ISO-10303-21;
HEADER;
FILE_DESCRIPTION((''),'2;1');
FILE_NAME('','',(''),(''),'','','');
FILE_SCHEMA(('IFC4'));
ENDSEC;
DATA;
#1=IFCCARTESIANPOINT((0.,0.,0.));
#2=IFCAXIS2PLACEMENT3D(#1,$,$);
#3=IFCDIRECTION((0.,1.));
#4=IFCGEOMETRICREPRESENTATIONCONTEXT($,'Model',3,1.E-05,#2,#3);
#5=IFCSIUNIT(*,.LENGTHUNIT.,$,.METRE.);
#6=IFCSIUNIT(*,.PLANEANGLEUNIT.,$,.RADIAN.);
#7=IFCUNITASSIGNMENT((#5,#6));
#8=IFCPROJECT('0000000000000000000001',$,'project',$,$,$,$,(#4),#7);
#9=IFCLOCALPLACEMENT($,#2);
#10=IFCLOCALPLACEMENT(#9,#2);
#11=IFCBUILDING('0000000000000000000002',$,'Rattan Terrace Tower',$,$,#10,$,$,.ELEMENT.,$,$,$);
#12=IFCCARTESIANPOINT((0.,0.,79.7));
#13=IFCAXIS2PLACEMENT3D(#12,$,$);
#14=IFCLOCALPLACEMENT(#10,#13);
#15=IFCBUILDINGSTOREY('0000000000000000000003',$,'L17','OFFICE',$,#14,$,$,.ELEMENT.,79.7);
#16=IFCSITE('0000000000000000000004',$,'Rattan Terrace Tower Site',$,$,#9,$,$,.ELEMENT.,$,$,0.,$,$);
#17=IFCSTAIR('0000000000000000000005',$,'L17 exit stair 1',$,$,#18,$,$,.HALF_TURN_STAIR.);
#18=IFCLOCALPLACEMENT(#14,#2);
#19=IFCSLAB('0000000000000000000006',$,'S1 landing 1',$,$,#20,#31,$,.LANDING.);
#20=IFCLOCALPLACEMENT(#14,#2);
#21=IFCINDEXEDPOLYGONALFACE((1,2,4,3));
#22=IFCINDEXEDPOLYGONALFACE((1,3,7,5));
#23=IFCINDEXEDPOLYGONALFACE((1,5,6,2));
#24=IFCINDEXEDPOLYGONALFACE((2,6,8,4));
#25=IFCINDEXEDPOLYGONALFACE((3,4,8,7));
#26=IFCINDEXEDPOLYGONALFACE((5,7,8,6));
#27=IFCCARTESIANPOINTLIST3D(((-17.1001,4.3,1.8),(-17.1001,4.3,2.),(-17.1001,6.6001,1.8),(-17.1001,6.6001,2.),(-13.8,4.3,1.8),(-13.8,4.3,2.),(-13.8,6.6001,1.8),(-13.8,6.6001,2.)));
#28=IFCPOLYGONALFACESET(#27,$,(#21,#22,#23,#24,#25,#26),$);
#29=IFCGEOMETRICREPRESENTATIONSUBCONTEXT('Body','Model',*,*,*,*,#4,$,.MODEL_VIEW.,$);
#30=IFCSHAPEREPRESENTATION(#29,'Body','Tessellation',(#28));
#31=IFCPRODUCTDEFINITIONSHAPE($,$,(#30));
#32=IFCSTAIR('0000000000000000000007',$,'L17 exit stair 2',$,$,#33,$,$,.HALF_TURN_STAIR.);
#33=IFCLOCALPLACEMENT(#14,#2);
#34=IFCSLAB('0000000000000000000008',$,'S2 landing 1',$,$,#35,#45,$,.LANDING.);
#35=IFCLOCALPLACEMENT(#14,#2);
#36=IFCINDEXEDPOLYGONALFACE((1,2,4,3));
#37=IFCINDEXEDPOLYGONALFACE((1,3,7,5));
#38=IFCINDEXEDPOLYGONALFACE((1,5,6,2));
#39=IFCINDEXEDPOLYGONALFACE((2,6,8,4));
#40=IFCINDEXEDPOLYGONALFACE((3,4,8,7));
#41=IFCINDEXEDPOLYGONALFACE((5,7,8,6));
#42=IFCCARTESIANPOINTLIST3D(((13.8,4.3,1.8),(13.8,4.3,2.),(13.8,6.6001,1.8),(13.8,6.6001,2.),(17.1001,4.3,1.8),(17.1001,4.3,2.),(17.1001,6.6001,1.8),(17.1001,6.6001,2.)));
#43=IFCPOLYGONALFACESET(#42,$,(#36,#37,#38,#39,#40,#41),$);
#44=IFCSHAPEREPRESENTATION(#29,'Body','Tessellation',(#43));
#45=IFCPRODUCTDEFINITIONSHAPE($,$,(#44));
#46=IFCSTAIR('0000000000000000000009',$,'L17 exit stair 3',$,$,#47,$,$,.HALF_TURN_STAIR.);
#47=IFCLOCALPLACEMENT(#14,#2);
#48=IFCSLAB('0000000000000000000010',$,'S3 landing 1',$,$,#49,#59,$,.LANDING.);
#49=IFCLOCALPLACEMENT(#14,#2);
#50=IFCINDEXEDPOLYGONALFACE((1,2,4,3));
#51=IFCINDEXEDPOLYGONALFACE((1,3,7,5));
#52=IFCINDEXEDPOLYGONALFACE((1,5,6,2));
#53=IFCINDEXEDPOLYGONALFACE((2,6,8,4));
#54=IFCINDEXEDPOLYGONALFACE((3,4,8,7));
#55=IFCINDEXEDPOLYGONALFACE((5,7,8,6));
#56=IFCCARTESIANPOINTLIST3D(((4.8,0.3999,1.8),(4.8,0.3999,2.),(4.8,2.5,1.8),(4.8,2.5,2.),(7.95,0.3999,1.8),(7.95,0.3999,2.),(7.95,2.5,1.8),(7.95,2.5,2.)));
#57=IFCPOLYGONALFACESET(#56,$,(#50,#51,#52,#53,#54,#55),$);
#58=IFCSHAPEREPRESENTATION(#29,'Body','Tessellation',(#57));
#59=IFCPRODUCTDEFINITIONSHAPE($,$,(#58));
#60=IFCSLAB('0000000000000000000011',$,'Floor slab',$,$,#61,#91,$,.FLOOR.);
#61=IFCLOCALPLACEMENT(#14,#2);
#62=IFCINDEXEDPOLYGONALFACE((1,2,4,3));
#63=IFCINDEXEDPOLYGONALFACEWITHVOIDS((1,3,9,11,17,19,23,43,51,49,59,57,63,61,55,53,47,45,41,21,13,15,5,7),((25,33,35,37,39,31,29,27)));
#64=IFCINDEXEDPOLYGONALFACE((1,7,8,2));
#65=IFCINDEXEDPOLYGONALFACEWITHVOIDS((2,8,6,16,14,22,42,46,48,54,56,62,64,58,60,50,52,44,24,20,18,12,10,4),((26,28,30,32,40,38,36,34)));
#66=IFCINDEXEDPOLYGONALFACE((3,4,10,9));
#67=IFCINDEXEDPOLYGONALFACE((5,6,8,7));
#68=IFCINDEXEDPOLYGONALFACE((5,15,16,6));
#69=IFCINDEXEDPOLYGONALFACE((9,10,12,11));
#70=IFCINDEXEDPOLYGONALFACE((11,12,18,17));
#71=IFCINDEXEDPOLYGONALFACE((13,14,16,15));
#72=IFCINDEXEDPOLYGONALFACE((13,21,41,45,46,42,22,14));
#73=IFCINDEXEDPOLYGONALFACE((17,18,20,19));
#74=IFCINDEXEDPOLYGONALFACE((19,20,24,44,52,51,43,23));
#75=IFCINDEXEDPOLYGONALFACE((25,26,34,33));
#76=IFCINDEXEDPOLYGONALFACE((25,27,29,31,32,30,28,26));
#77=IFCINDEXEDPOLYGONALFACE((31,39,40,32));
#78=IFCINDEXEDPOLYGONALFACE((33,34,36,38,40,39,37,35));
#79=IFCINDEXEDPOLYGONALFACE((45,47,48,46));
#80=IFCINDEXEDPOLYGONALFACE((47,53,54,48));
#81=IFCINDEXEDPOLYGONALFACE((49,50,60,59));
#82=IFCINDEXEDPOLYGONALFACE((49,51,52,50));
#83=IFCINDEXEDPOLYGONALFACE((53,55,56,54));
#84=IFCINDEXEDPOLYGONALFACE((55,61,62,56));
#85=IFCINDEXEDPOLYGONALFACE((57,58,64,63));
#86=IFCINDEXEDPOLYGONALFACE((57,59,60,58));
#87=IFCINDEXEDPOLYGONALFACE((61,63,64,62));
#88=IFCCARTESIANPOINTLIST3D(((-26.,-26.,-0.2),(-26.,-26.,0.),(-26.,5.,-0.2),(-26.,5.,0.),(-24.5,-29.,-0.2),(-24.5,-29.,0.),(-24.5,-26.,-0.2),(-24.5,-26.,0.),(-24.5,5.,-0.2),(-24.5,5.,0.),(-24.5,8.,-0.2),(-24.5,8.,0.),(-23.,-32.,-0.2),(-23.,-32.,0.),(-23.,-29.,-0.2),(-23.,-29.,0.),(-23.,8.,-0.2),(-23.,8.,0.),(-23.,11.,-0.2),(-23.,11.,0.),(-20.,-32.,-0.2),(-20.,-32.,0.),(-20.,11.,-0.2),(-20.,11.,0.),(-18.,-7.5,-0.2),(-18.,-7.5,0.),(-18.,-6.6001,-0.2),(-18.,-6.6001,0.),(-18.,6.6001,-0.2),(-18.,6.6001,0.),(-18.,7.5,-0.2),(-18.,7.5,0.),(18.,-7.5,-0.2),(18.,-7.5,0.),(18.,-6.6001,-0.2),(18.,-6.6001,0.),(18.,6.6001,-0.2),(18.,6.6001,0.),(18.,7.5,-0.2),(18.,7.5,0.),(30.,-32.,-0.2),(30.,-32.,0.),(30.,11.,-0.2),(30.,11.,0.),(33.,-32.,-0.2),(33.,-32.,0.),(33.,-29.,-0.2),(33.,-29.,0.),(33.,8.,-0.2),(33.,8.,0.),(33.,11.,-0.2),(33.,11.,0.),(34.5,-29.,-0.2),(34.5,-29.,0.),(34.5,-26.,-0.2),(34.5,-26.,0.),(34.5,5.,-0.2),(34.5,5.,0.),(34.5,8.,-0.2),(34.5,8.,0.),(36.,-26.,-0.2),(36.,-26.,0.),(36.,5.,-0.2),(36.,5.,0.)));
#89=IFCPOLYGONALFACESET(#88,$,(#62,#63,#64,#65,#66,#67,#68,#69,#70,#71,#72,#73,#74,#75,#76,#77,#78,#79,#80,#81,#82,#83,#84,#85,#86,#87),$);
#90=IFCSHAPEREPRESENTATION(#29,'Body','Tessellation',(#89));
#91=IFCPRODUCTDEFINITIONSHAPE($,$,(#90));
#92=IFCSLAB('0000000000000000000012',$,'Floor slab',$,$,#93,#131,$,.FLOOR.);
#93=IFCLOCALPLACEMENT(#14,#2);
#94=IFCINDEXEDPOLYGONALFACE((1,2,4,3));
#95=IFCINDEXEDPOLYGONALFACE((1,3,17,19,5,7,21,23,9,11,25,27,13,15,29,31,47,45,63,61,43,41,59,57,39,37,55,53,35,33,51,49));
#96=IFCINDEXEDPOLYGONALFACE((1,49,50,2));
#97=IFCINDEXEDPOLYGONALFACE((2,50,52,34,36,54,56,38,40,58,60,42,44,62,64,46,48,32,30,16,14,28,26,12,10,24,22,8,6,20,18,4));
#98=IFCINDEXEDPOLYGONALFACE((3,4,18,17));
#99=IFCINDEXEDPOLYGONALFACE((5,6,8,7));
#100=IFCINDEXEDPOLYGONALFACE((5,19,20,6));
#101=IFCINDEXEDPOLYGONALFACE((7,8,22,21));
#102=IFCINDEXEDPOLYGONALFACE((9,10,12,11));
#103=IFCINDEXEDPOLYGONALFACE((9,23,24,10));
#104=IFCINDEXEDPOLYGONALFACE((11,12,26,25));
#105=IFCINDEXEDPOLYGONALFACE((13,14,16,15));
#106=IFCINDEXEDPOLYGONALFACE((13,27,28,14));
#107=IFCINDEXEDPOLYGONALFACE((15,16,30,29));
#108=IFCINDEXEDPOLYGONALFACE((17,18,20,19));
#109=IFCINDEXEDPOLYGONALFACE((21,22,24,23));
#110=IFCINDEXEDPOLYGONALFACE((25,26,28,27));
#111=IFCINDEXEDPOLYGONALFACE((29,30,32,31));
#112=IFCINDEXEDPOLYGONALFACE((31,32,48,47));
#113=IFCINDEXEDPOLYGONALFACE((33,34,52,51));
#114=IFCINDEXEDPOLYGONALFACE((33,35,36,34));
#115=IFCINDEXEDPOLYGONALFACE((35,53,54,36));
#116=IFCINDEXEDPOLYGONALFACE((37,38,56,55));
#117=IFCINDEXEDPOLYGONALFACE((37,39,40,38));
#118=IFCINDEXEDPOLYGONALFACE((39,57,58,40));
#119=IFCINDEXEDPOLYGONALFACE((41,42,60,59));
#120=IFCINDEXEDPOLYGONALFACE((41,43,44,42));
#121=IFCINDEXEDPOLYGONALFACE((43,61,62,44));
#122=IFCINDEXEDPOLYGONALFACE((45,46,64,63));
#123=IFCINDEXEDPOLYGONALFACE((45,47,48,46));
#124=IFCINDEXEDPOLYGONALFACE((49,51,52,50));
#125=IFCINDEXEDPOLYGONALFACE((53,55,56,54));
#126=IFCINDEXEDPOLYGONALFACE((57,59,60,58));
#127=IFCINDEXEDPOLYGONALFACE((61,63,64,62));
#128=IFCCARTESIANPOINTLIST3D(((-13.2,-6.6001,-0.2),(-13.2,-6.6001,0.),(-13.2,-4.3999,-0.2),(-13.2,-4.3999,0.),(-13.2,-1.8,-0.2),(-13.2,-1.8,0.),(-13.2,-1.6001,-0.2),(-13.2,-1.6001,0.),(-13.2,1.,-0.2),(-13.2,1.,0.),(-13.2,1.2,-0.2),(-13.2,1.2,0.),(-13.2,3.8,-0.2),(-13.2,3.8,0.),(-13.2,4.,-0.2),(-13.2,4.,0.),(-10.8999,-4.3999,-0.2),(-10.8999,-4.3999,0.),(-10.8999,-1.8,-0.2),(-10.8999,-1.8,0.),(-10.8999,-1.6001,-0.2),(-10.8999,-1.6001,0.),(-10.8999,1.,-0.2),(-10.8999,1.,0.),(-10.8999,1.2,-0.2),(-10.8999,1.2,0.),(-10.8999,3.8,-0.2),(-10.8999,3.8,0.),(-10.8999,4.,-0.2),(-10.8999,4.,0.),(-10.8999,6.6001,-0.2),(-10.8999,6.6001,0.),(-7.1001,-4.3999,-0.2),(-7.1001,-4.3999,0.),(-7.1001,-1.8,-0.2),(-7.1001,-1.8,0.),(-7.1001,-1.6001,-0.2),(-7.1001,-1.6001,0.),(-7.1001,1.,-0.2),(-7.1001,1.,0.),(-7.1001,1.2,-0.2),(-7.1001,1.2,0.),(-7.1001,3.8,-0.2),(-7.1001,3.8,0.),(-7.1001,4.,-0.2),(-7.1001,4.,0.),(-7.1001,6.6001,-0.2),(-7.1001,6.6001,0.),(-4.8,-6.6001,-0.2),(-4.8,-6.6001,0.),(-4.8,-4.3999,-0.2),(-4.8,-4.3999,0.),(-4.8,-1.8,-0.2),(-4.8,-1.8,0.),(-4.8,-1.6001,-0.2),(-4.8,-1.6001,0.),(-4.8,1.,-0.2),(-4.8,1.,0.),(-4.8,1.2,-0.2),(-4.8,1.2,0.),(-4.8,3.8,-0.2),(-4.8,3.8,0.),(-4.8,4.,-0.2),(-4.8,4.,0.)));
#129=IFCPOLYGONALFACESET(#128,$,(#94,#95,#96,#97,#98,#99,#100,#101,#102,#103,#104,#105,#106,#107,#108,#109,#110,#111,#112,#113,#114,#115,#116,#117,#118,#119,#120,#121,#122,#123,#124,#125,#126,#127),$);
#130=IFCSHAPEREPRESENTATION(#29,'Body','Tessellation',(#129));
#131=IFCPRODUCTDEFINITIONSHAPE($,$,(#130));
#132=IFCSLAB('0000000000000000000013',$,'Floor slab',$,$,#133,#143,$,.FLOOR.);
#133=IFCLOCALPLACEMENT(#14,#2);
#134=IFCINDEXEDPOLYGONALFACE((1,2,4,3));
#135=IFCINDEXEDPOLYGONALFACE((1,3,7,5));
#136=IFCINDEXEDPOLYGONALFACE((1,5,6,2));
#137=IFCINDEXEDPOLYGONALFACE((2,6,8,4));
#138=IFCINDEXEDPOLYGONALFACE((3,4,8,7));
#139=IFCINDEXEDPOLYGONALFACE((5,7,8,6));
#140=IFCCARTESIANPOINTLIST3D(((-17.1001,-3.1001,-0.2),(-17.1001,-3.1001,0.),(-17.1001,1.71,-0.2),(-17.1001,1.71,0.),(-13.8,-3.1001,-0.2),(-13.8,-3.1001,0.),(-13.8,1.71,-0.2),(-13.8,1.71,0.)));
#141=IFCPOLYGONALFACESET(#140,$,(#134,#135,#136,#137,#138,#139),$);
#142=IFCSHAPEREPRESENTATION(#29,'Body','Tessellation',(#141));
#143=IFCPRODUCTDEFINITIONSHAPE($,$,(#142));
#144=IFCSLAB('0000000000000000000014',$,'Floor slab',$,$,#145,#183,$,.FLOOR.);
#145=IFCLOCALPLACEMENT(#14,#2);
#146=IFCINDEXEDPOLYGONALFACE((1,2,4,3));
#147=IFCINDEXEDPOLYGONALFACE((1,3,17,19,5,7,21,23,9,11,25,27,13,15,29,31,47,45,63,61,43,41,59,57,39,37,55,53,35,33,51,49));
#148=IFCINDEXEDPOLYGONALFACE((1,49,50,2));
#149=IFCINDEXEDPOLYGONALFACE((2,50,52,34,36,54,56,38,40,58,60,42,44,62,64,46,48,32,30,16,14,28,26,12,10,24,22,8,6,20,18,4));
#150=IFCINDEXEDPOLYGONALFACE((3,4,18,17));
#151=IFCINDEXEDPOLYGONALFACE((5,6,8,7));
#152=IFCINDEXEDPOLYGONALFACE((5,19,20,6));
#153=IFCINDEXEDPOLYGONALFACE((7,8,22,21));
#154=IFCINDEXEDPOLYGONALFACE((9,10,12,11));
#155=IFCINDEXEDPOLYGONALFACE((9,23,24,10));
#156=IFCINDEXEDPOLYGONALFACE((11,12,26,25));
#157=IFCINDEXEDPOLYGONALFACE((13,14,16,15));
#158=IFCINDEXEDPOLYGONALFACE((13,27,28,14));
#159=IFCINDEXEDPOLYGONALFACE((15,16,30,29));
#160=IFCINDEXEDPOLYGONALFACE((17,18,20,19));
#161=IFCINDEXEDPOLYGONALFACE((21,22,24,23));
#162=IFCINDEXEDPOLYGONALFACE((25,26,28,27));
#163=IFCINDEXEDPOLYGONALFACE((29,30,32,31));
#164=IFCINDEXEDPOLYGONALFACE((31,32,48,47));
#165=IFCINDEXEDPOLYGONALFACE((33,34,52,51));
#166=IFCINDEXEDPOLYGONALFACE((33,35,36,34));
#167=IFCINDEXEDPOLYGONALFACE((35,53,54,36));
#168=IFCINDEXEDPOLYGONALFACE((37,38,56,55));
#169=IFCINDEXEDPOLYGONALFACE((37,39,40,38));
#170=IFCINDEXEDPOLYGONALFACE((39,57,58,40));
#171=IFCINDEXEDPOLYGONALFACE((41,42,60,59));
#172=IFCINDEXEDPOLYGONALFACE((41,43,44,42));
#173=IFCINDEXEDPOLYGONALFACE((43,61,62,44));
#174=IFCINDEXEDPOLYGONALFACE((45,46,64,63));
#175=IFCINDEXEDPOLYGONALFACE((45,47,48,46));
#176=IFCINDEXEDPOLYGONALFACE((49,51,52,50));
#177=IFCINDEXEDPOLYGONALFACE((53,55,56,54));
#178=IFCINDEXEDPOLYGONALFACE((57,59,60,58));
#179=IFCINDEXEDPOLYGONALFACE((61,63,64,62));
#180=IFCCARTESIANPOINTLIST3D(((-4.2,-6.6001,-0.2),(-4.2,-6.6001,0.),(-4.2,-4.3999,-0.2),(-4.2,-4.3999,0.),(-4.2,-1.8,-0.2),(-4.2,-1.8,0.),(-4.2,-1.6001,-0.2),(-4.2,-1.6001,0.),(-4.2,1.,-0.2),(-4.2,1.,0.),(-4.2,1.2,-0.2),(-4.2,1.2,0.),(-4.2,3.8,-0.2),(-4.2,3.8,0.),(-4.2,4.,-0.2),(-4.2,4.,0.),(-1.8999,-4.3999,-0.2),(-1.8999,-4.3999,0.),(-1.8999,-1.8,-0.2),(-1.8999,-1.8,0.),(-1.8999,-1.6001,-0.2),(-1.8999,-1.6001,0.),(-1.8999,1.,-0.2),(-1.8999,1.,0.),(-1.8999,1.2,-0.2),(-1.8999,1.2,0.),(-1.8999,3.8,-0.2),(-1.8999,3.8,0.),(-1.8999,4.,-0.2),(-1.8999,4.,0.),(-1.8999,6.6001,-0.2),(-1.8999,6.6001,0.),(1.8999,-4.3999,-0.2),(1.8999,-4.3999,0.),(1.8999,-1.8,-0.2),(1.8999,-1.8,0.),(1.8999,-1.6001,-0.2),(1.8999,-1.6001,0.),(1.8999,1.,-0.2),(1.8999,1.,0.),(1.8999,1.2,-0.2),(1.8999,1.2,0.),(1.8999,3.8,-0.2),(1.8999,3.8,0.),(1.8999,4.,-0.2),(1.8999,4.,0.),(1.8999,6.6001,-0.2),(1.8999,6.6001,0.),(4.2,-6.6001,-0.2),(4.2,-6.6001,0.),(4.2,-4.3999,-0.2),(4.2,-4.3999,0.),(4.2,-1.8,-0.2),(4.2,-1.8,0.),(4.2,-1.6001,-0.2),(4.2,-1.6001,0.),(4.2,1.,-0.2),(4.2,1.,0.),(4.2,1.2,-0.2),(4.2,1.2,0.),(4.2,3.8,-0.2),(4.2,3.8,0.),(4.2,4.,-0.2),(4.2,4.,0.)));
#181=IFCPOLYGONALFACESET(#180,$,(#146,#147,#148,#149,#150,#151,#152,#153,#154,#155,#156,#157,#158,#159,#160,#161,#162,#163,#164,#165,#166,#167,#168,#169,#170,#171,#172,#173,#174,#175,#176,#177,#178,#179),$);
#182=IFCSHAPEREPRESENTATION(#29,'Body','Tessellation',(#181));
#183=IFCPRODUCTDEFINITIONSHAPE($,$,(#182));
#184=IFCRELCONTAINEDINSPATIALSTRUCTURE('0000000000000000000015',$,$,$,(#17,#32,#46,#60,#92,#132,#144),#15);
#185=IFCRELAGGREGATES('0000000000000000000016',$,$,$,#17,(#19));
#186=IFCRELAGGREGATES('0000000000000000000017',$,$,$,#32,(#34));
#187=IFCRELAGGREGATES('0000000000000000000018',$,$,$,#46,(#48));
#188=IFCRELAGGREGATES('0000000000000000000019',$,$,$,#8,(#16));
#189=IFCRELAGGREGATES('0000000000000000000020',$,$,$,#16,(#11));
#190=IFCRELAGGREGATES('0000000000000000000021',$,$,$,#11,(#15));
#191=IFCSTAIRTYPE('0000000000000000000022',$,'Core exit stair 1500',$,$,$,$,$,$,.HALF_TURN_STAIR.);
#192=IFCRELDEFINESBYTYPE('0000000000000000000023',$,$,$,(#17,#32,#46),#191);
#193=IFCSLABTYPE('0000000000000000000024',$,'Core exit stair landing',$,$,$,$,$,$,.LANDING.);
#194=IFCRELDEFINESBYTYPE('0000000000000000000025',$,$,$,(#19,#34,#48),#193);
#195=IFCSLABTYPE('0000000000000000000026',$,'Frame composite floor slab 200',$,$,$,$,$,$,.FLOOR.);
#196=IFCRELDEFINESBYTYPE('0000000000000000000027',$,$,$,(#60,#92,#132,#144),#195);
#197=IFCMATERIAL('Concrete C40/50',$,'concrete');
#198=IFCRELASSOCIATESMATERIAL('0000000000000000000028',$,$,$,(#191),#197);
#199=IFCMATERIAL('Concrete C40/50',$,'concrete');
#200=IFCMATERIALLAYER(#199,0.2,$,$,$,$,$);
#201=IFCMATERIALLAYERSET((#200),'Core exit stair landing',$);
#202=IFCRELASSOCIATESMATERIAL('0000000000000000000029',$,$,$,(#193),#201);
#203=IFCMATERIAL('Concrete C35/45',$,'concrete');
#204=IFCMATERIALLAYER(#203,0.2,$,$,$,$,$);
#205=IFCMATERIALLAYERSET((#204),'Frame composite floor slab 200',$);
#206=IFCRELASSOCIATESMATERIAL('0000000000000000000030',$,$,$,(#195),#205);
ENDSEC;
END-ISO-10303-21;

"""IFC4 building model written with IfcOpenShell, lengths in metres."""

from ifc_helpers import new_model, si_unit, direction, frame, origin, place, context, subcontext, project, spatial, polyline, outline, extrude, material, layer, layer_set, type_object, element, aggregate, save


model = new_model("IFC4")

# Units and contexts
model_context = context("Model", 3, precision=1e-05, world=origin(), true_north=direction((0.0, 1.0)))
body_context = subcontext(model_context, "Body", "Model", "MODEL_VIEW")
ifc_project = project(units=[si_unit("LENGTHUNIT", "METRE"), si_unit("PLANEANGLEUNIT", "RADIAN")], contexts=[model_context])

# Site, building, storey
site_placement = place(None, origin())
site = spatial("IfcSite", under=ifc_project, at=site_placement, Name="Rattan Terrace Tower Site", CompositionType="ELEMENT", RefElevation=0.0)
building_placement = place(site_placement, origin())
building = spatial("IfcBuilding", under=site, at=building_placement, Name="Rattan Terrace Tower", CompositionType="ELEMENT")
storey_placement = place(building_placement, frame((0.0, 0.0, 79.7)))
storey = spatial("IfcBuildingStorey", under=building, at=storey_placement, Name="L17", Description="OFFICE", CompositionType="ELEMENT", Elevation=79.7)

# Stairs, slabs
ifc_material_1 = material(Name="Concrete C40/50", Category="concrete")
stair_type = type_object("IfcStairType", Name="Core exit stair 1500", PredefinedType="HALF_TURN_STAIR", material=ifc_material_1)
stair_1_placement = place(storey_placement, origin())
stair_1 = element("IfcStair", 1, at=stair_1_placement, inside=storey, type_object=stair_type, Name="L17 exit stair 1", PredefinedType="HALF_TURN_STAIR")
ifc_material_2 = material(Name="Concrete C40/50", Category="concrete")
ifc_layer_1 = layer(ifc_material_2, 0.2)
ifc_layer_set_1 = layer_set([ifc_layer_1], Name="Core exit stair landing")
slab_type_1 = type_object("IfcSlabType", Name="Core exit stair landing", PredefinedType="LANDING", material=ifc_layer_set_1)
slab_1_placement = place(storey_placement, frame((0.0, 0.0, 1.8)))
slab_1 = element("IfcSlab", 2, at=slab_1_placement, type_object=slab_type_1, Name="S1 landing 1", PredefinedType="LANDING", context=body_context, shape_type="SweptSolid", body=[
    extrude(outline(polyline([(-13.8, 4.3), (-13.8, 6.6001), (-17.1001, 6.6001), (-17.1001, 4.3), (-13.8, 4.3)])), origin(), (0.0, 0.0, 1.0), 0.2),
])
aggregate(stair_1, [slab_1])
stair_2_placement = place(storey_placement, origin())
stair_2 = element("IfcStair", 3, at=stair_2_placement, inside=storey, type_object=stair_type, Name="L17 exit stair 2", PredefinedType="HALF_TURN_STAIR")
slab_2_placement = place(storey_placement, frame((0.0, 0.0, 1.8)))
slab_2 = element("IfcSlab", 4, at=slab_2_placement, type_object=slab_type_1, Name="S2 landing 1", PredefinedType="LANDING", context=body_context, shape_type="SweptSolid", body=[
    extrude(outline(polyline([(17.1001, 4.3), (17.1001, 6.6001), (13.8, 6.6001), (13.8, 4.3), (17.1001, 4.3)])), origin(), (0.0, 0.0, 1.0), 0.2),
])
aggregate(stair_2, [slab_2])
stair_3_placement = place(storey_placement, origin())
stair_3 = element("IfcStair", 5, at=stair_3_placement, inside=storey, type_object=stair_type, Name="L17 exit stair 3", PredefinedType="HALF_TURN_STAIR")
slab_3_placement = place(storey_placement, frame((0.0, 0.0, 1.8)))
slab_3 = element("IfcSlab", 6, at=slab_3_placement, type_object=slab_type_1, Name="S3 landing 1", PredefinedType="LANDING", context=body_context, shape_type="SweptSolid", body=[
    extrude(outline(polyline([(4.8, 2.5), (4.8, 0.3999), (7.95, 0.3999), (7.95, 2.5), (4.8, 2.5)])), origin(), (0.0, 0.0, 1.0), 0.2),
])
aggregate(stair_3, [slab_3])

# Slabs
ifc_material_3 = material(Name="Concrete C35/45", Category="concrete")
ifc_layer_2 = layer(ifc_material_3, 0.2)
ifc_layer_set_2 = layer_set([ifc_layer_2], Name="Frame composite floor slab 200")
slab_type_2 = type_object("IfcSlabType", Name="Frame composite floor slab 200", PredefinedType="FLOOR", material=ifc_layer_set_2)
slab_4_placement = place(storey_placement, frame((0.0, 0.0, -0.2)))
element("IfcSlab", 7, at=slab_4_placement, inside=storey, type_object=slab_type_2, Name="Floor slab", PredefinedType="FLOOR", context=body_context, shape_type="SweptSolid", body=[
    extrude(outline(polyline([(-20.0, -32.0), (30.0, -32.0), (33.0, -32.0), (33.0, -29.0), (34.5, -29.0), (34.5, -26.0), (36.0, -26.0), (36.0, 5.0), (34.5, 5.0), (34.5, 8.0), (33.0, 8.0), (33.0, 11.0), (30.0, 11.0), (-20.0, 11.0), (-23.0, 11.0), (-23.0, 8.0), (-24.5, 8.0), (-24.5, 5.0), (-26.0, 5.0), (-26.0, -26.0), (-24.5, -26.0), (-24.5, -29.0), (-23.0, -29.0), (-23.0, -32.0), (-20.0, -32.0)]), holes=[polyline([(-18.0, -6.6001), (-18.0, -7.5), (18.0, -7.5), (18.0, -6.6001), (18.0, 6.6001), (18.0, 7.5), (-18.0, 7.5), (-18.0, 6.6001), (-18.0, -6.6001)])]), origin(), (0.0, 0.0, 1.0), 0.2),
])
slab_5_placement = place(storey_placement, frame((0.0, 0.0, -0.2)))
element("IfcSlab", 8, at=slab_5_placement, inside=storey, type_object=slab_type_2, Name="Floor slab", PredefinedType="FLOOR", context=body_context, shape_type="SweptSolid", body=[
    extrude(outline(polyline([(-10.8999, 6.6001), (-10.8999, 4.0), (-13.2, 4.0), (-13.2, 3.8), (-10.8999, 3.8), (-10.8999, 1.2), (-13.2, 1.2), (-13.2, 1.0), (-10.8999, 1.0), (-10.8999, -1.6001), (-13.2, -1.6001), (-13.2, -1.8), (-10.8999, -1.8), (-10.8999, -4.3999), (-13.2, -4.3999), (-13.2, -6.6001), (-4.8, -6.6001), (-4.8, -4.3999), (-7.1001, -4.3999), (-7.1001, -1.8), (-4.8, -1.8), (-4.8, -1.6001), (-7.1001, -1.6001), (-7.1001, 1.0), (-4.8, 1.0), (-4.8, 1.2), (-7.1001, 1.2), (-7.1001, 3.8), (-4.8, 3.8), (-4.8, 4.0), (-7.1001, 4.0), (-7.1001, 6.6001), (-10.8999, 6.6001)])), origin(), (0.0, 0.0, 1.0), 0.2),
])
slab_6_placement = place(storey_placement, frame((0.0, 0.0, -0.2)))
element("IfcSlab", 9, at=slab_6_placement, inside=storey, type_object=slab_type_2, Name="Floor slab", PredefinedType="FLOOR", context=body_context, shape_type="SweptSolid", body=[
    extrude(outline(polyline([(-17.1001, -3.1001), (-13.8, -3.1001), (-13.8, 1.71), (-17.1001, 1.71), (-17.1001, -3.1001)])), origin(), (0.0, 0.0, 1.0), 0.2),
])
slab_7_placement = place(storey_placement, frame((0.0, 0.0, -0.2)))
element("IfcSlab", 10, at=slab_7_placement, inside=storey, type_object=slab_type_2, Name="Floor slab", PredefinedType="FLOOR", context=body_context, shape_type="SweptSolid", body=[
    extrude(outline(polyline([(-4.2, 4.0), (-4.2, 3.8), (-1.8999, 3.8), (-1.8999, 1.2), (-4.2, 1.2), (-4.2, 1.0), (-1.8999, 1.0), (-1.8999, -1.6001), (-4.2, -1.6001), (-4.2, -1.8), (-1.8999, -1.8), (-1.8999, -4.3999), (-4.2, -4.3999), (-4.2, -6.6001), (4.2, -6.6001), (4.2, -4.3999), (1.8999, -4.3999), (1.8999, -1.8), (4.2, -1.8), (4.2, -1.6001), (1.8999, -1.6001), (1.8999, 1.0), (4.2, 1.0), (4.2, 1.2), (1.8999, 1.2), (1.8999, 3.8), (4.2, 3.8), (4.2, 4.0), (1.8999, 4.0), (1.8999, 6.6001), (-1.8999, 6.6001), (-1.8999, 4.0), (-4.2, 4.0)])), origin(), (0.0, 0.0, 1.0), 0.2),
])

save(model, "model.ifc")
